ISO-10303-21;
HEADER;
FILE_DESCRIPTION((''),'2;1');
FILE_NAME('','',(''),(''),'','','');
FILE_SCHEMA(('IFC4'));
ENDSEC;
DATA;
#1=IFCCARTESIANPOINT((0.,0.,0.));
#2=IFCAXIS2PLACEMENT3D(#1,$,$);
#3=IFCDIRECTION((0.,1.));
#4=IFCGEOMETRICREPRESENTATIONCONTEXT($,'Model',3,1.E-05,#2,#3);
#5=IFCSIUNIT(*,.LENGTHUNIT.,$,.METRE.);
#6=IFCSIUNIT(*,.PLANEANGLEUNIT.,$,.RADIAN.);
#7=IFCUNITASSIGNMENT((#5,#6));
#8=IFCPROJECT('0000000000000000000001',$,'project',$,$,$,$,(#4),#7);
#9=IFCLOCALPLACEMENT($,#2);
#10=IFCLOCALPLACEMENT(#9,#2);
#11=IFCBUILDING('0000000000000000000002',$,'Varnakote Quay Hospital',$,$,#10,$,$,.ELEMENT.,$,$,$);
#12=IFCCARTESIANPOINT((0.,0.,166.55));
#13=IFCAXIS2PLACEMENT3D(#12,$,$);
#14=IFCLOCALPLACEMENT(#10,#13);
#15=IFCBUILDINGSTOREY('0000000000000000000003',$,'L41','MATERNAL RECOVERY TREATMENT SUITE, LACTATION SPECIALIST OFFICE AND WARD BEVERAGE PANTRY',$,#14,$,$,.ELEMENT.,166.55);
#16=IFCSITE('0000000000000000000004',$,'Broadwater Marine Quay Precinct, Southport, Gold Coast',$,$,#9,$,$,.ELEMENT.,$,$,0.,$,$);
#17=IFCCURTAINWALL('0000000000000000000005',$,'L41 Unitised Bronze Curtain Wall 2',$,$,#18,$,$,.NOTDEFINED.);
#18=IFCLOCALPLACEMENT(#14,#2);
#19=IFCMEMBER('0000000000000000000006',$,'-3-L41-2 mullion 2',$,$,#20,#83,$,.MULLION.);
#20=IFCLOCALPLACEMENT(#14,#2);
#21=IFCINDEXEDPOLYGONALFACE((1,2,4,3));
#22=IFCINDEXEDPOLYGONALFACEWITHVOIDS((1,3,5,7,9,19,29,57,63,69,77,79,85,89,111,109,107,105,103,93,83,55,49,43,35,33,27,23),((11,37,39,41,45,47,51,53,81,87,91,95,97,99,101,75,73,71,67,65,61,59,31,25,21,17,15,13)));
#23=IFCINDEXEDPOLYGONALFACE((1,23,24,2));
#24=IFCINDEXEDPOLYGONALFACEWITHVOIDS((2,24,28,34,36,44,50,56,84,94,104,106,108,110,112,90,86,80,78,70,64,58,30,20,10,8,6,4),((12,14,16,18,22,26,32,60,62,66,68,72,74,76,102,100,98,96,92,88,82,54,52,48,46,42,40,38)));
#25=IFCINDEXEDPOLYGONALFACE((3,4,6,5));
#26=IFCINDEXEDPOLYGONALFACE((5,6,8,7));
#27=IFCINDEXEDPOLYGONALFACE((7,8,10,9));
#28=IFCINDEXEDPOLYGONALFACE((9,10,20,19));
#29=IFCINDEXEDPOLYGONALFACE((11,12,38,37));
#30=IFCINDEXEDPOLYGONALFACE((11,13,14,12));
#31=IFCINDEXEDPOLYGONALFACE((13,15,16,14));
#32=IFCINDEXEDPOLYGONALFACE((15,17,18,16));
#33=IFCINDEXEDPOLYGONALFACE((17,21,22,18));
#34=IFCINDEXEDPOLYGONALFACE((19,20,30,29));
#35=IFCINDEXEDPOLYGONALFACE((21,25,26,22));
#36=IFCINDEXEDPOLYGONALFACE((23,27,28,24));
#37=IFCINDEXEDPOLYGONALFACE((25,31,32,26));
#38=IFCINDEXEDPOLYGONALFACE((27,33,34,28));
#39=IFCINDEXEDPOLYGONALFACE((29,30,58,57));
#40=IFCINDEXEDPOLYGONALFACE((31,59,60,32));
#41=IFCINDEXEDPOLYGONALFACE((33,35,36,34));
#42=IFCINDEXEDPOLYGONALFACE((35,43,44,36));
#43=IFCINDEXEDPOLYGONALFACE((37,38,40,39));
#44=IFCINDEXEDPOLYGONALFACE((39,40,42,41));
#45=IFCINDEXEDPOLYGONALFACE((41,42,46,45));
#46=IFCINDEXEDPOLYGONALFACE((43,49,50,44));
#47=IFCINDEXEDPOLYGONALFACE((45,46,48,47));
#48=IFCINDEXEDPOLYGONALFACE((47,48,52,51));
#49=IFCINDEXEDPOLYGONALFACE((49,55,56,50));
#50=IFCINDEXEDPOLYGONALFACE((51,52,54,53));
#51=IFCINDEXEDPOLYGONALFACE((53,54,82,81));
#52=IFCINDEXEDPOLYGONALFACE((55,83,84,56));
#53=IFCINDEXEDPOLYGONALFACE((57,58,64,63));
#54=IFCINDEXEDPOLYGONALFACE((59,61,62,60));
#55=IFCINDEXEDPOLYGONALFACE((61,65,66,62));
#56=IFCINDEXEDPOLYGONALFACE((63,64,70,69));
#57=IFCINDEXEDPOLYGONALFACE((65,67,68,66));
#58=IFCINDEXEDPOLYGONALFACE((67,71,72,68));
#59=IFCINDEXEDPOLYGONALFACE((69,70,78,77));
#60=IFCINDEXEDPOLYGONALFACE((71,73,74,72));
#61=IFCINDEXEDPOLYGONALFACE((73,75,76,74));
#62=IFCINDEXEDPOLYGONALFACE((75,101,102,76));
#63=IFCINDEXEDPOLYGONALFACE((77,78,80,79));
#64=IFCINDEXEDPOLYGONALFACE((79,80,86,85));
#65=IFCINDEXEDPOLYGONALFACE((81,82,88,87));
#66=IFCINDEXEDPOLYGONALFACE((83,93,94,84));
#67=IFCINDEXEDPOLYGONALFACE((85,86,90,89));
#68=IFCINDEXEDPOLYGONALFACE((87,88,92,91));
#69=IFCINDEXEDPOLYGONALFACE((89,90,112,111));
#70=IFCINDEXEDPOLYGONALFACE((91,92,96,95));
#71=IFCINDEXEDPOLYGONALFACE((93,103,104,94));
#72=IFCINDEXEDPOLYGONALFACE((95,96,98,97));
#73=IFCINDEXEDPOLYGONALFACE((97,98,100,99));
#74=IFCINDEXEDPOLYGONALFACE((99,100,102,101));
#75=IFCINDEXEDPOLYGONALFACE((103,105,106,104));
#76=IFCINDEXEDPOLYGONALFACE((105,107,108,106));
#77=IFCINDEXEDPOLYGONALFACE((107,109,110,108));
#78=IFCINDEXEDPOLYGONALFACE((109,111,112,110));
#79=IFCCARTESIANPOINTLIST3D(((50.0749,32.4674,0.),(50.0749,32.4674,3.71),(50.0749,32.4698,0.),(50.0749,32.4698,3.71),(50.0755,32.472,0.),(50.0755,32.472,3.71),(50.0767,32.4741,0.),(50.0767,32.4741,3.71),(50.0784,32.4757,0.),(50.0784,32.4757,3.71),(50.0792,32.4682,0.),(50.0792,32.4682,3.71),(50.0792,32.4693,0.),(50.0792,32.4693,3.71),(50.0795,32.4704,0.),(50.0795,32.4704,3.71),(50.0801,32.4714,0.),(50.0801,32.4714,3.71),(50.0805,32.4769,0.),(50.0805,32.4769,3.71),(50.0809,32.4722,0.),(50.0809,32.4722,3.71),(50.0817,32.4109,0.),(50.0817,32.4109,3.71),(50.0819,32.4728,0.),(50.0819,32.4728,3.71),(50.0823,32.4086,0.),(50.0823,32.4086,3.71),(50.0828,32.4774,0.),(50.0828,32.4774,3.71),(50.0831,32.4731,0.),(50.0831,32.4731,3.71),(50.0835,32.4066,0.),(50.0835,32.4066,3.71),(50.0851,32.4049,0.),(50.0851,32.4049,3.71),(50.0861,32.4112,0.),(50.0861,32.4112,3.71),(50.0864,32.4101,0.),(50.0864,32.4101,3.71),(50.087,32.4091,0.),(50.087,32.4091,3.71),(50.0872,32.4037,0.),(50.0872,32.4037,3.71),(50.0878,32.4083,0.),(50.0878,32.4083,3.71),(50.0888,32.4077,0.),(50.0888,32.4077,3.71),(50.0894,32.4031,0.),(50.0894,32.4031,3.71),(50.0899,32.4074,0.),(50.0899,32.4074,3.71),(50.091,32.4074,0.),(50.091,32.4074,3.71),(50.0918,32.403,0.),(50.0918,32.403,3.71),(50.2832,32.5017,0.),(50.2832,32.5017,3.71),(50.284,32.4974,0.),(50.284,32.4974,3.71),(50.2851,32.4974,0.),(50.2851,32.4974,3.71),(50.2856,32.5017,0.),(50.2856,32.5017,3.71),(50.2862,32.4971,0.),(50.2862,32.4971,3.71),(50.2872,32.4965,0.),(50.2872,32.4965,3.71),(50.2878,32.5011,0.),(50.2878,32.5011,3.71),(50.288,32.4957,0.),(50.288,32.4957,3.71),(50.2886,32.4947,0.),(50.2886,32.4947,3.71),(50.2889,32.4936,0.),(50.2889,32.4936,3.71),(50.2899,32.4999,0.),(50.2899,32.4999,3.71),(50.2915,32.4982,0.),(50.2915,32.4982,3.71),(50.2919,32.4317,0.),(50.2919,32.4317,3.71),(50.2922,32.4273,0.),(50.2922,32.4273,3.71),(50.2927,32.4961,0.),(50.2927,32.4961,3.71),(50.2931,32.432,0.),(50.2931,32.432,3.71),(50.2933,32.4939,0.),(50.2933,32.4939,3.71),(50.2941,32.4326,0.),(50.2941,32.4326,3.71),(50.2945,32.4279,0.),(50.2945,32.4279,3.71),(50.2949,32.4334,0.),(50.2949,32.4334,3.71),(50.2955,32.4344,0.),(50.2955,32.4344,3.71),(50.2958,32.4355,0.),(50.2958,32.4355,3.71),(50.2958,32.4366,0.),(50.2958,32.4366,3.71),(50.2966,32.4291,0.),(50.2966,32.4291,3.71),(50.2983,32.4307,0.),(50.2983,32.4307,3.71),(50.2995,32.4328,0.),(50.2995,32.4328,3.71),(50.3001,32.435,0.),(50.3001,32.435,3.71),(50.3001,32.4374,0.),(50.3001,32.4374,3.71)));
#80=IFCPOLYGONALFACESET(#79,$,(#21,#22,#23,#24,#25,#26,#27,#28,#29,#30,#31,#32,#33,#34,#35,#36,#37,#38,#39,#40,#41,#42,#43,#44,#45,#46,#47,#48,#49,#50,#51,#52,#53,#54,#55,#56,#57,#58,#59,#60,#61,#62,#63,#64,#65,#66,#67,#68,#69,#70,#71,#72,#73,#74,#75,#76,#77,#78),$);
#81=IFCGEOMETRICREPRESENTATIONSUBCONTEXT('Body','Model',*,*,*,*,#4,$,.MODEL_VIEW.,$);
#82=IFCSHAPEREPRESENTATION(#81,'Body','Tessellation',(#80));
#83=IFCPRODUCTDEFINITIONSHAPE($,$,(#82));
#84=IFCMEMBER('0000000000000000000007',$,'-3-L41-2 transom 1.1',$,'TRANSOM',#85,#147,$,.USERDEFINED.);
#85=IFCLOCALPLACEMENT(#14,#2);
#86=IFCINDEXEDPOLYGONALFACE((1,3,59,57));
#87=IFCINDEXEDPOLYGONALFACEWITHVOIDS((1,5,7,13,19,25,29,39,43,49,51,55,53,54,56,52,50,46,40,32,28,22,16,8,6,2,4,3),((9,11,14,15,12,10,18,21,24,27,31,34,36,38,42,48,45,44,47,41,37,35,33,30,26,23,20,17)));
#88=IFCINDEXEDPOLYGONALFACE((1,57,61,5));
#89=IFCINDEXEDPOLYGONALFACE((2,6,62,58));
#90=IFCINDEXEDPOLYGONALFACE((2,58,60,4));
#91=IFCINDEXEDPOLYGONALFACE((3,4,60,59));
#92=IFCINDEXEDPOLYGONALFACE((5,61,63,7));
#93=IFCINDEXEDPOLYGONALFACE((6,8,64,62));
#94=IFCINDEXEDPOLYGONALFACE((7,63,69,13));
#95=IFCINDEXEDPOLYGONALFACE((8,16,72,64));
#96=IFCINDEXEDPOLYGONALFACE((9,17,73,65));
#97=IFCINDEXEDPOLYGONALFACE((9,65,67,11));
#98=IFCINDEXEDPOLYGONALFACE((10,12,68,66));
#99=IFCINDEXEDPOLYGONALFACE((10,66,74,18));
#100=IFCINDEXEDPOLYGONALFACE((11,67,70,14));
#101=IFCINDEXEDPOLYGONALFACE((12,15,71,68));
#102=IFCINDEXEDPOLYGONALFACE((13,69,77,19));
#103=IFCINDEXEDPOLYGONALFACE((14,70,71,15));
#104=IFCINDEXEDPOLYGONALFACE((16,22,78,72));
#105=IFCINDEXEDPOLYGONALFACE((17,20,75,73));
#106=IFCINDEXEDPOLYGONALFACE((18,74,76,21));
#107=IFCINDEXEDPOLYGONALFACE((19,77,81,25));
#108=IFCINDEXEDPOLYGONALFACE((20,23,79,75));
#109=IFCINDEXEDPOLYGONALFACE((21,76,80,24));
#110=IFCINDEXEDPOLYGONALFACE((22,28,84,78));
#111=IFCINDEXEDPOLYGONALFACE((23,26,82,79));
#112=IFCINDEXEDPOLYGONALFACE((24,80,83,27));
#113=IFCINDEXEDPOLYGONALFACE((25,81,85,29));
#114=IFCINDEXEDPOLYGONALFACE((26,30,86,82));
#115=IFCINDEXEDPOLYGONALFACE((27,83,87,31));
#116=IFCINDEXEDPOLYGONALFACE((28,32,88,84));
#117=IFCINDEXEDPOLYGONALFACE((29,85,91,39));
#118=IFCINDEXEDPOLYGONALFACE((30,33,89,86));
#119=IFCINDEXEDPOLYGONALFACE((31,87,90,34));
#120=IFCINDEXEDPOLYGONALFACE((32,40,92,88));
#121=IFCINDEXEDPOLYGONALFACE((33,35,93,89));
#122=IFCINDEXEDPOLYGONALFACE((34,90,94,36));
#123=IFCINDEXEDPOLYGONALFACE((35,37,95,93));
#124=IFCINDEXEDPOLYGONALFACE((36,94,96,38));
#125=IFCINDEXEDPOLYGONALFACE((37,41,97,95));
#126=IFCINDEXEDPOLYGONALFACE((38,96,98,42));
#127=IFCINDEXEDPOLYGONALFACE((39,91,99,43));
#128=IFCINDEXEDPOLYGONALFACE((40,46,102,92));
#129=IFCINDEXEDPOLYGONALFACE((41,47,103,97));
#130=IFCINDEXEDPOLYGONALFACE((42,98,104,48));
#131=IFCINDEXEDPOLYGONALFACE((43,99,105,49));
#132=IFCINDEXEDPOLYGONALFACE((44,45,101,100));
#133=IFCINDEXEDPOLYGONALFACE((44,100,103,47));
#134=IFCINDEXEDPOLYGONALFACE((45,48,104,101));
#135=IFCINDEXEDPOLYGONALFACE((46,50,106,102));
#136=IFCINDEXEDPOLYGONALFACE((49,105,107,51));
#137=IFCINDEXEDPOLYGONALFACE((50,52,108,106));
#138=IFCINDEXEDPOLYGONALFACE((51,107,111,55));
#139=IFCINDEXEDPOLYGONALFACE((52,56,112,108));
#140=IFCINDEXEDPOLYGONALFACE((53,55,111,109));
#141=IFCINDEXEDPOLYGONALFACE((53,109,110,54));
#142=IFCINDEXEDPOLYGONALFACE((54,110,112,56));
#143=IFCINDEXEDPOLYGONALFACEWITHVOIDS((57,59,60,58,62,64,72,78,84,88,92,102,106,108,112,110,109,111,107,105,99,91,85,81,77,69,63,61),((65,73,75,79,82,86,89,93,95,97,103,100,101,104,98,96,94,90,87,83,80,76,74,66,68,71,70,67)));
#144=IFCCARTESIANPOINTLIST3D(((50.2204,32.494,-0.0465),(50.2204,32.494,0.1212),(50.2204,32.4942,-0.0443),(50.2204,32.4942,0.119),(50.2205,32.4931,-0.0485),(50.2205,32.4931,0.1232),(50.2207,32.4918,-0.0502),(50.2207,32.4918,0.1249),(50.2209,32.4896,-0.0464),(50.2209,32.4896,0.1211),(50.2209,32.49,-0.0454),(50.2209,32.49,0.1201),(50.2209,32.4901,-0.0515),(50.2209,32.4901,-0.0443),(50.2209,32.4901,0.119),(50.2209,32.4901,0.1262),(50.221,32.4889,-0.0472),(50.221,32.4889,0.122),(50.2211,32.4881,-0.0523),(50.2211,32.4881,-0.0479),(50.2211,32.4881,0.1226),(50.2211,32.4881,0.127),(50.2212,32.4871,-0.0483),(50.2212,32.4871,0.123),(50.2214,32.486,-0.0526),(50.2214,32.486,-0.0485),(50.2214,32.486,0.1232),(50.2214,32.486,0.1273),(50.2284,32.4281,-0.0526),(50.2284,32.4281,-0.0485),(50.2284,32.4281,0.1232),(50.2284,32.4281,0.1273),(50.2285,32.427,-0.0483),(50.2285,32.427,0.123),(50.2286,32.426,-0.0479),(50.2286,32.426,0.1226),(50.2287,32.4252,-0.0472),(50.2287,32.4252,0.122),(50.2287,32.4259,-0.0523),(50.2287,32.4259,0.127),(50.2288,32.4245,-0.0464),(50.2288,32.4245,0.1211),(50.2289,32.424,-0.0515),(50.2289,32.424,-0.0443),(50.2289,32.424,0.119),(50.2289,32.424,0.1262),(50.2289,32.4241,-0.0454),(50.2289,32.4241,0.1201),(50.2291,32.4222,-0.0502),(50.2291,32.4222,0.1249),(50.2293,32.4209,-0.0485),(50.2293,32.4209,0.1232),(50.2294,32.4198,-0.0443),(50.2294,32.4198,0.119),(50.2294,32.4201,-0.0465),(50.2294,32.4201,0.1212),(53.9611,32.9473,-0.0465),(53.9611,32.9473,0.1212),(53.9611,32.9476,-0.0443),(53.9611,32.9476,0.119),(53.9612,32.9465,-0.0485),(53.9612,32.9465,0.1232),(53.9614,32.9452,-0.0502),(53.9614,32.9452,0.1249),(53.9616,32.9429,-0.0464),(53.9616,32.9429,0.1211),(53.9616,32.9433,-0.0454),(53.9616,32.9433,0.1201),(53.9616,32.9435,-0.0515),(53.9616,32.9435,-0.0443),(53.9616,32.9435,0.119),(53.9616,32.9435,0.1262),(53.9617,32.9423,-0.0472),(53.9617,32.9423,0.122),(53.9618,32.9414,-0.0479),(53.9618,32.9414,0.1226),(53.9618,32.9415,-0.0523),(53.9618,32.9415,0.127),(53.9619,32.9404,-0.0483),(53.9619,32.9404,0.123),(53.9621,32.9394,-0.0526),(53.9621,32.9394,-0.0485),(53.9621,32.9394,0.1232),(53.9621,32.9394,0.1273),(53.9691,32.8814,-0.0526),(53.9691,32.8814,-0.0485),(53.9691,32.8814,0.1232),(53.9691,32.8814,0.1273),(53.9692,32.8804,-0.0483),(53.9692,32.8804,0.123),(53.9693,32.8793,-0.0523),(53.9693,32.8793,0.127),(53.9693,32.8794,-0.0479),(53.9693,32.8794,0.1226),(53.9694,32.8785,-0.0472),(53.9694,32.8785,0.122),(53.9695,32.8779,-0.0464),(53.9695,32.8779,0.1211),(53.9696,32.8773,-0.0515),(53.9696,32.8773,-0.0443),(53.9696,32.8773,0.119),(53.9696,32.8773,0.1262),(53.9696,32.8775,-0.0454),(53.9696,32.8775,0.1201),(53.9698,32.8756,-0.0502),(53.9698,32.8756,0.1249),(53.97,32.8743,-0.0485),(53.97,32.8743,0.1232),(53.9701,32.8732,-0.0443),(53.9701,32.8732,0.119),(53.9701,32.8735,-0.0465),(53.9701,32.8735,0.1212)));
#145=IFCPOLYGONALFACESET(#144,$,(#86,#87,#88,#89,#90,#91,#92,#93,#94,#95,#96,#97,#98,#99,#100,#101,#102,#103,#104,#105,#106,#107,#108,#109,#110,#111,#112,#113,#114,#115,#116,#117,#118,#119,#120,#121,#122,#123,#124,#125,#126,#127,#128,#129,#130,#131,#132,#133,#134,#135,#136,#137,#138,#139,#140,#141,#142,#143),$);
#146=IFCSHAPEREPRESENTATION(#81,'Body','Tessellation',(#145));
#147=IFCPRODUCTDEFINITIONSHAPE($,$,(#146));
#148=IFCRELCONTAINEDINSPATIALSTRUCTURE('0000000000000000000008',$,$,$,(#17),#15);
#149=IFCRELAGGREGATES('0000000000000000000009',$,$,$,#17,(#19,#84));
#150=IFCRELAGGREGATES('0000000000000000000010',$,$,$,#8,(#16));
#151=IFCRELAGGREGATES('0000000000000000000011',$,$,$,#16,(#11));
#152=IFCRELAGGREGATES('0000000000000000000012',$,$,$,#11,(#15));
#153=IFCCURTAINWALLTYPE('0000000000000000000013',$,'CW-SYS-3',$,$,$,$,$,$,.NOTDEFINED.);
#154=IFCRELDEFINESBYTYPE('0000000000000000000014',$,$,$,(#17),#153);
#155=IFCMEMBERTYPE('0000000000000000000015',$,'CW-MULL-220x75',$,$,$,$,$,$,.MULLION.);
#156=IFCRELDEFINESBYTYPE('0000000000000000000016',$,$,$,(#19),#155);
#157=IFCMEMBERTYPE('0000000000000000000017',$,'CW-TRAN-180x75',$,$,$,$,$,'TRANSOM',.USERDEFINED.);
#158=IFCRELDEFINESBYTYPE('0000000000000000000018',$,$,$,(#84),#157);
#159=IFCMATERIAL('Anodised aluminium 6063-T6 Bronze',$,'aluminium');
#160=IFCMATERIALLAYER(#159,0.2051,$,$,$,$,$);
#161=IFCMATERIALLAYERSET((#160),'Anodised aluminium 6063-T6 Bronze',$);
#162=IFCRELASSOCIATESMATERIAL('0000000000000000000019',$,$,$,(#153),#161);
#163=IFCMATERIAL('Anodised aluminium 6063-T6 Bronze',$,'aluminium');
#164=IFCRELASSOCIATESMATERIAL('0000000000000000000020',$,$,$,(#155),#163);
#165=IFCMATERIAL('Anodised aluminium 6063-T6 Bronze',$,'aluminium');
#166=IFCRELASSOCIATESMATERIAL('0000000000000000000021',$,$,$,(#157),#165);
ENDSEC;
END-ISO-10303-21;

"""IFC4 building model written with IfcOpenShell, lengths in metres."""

from ifc_helpers import new_model, si_unit, direction, frame, origin, origin_2d, place, context, subcontext, project, spatial, hollow_rectangle, extrude, material, layer, layer_set, material_profile, profile_set, type_object, element, aggregate, save


model = new_model("IFC4")

# Units and contexts
model_context = context("Model", 3, precision=1e-05, world=origin(), true_north=direction((0.0, 1.0)))
body_context = subcontext(model_context, "Body", "Model", "MODEL_VIEW")
ifc_project = project(units=[si_unit("LENGTHUNIT", "METRE"), si_unit("PLANEANGLEUNIT", "RADIAN")], contexts=[model_context])

# Site, building, storey
site_placement = place(None, origin())
site = spatial("IfcSite", under=ifc_project, at=site_placement, Name="Broadwater Marine Quay Precinct, Southport, Gold Coast", CompositionType="ELEMENT", RefElevation=0.0)
building_placement = place(site_placement, origin())
building = spatial("IfcBuilding", under=site, at=building_placement, Name="Varnakote Quay Hospital", CompositionType="ELEMENT")
storey_placement = place(building_placement, frame((0.0, 0.0, 166.55)))
storey = spatial("IfcBuildingStorey", under=building, at=storey_placement, Name="L41", Description="MATERNAL RECOVERY TREATMENT SUITE, LACTATION SPECIALIST OFFICE AND WARD BEVERAGE PANTRY", CompositionType="ELEMENT", Elevation=166.55)

# Shared definitions
ifc_material_1 = material(Name="Anodised aluminium 6063-T6 Bronze", Category="aluminium")
ifc_layer_1 = layer(ifc_material_1, 0.2051)
ifc_layer_set_1 = layer_set([ifc_layer_1], Name="Anodised aluminium 6063-T6 Bronze")
curtain_wall_type = type_object("IfcCurtainWallType", Name="CW-SYS-3", PredefinedType="NOTDEFINED", material=ifc_layer_set_1)
ifc_material_2 = material(Name="Anodised aluminium 6063-T6 Bronze", Category="aluminium")
ifc_material_profile_1 = material_profile(ifc_material_2, hollow_rectangle(XDim=0.075, YDim=0.22, WallThickness=0.0044, InnerFilletRadius=0.0044, OuterFilletRadius=0.009, at=origin_2d()), Name="CW-MULL-220x75")
ifc_profile_set_1 = profile_set([ifc_material_profile_1], Name="Anodised aluminium 6063-T6 Bronze")
member_type_1 = type_object("IfcMemberType", Name="CW-MULL-220x75", PredefinedType="MULLION", material=ifc_profile_set_1)

# Curtain wall, members
curtain_wall_1_placement = place(storey_placement, origin())
curtain_wall_1 = element("IfcCurtainWall", 1, at=curtain_wall_1_placement, inside=storey, type_object=curtain_wall_type, Name="L41 Unitised Bronze Curtain Wall 2", PredefinedType="NOTDEFINED")
member_1_placement = place(storey_placement, frame((50.1875, 32.4524, 0.0), z_axis=(0.0, 0.0, 1.0), x_axis=(0.120327, -0.992734, 0.0)))
member_1 = element("IfcMember", 2, at=member_1_placement, type_object=member_type_1, Name="-3-L41-2 mullion 2", PredefinedType="MULLION", context=body_context, shape_type="SweptSolid", body=[
    extrude(hollow_rectangle(XDim=0.075, YDim=0.22, WallThickness=0.0044, InnerFilletRadius=0.0044, OuterFilletRadius=0.009, at=origin_2d()), origin(), (0.0, 0.0, 1.0), 3.71),
])
ifc_material_3 = material(Name="Anodised aluminium 6063-T6 Bronze", Category="aluminium")
ifc_material_profile_2 = material_profile(ifc_material_3, hollow_rectangle(XDim=0.075, YDim=0.1799, WallThickness=0.0042, InnerFilletRadius=0.0042, OuterFilletRadius=0.0083, at=origin_2d()), Name="CW-TRAN-180x75")
ifc_profile_set_2 = profile_set([ifc_material_profile_2], Name="Anodised aluminium 6063-T6 Bronze")
member_type_2 = type_object("IfcMemberType", Name="CW-TRAN-180x75", ElementType="TRANSOM", PredefinedType="USERDEFINED", material=ifc_profile_set_2)
member_2_placement = place(storey_placement, frame((53.9656, 32.9104, 0.0374), z_axis=(-0.992735, -0.120318, 0.0), x_axis=(0.120318, -0.992735, 0.0)))
member_2 = element("IfcMember", 3, at=member_2_placement, type_object=member_type_2, Name="-3-L41-2 transom 1.1", ObjectType="TRANSOM", PredefinedType="USERDEFINED", context=body_context, shape_type="SweptSolid", body=[
    extrude(hollow_rectangle(XDim=0.075, YDim=0.1799, WallThickness=0.0042, InnerFilletRadius=0.0042, OuterFilletRadius=0.0083, at=origin_2d()), origin(), (0.0, 0.0, 1.0), 3.7681),
])

aggregate(curtain_wall_1, [member_1, member_2])

save(model, "model.ifc")
